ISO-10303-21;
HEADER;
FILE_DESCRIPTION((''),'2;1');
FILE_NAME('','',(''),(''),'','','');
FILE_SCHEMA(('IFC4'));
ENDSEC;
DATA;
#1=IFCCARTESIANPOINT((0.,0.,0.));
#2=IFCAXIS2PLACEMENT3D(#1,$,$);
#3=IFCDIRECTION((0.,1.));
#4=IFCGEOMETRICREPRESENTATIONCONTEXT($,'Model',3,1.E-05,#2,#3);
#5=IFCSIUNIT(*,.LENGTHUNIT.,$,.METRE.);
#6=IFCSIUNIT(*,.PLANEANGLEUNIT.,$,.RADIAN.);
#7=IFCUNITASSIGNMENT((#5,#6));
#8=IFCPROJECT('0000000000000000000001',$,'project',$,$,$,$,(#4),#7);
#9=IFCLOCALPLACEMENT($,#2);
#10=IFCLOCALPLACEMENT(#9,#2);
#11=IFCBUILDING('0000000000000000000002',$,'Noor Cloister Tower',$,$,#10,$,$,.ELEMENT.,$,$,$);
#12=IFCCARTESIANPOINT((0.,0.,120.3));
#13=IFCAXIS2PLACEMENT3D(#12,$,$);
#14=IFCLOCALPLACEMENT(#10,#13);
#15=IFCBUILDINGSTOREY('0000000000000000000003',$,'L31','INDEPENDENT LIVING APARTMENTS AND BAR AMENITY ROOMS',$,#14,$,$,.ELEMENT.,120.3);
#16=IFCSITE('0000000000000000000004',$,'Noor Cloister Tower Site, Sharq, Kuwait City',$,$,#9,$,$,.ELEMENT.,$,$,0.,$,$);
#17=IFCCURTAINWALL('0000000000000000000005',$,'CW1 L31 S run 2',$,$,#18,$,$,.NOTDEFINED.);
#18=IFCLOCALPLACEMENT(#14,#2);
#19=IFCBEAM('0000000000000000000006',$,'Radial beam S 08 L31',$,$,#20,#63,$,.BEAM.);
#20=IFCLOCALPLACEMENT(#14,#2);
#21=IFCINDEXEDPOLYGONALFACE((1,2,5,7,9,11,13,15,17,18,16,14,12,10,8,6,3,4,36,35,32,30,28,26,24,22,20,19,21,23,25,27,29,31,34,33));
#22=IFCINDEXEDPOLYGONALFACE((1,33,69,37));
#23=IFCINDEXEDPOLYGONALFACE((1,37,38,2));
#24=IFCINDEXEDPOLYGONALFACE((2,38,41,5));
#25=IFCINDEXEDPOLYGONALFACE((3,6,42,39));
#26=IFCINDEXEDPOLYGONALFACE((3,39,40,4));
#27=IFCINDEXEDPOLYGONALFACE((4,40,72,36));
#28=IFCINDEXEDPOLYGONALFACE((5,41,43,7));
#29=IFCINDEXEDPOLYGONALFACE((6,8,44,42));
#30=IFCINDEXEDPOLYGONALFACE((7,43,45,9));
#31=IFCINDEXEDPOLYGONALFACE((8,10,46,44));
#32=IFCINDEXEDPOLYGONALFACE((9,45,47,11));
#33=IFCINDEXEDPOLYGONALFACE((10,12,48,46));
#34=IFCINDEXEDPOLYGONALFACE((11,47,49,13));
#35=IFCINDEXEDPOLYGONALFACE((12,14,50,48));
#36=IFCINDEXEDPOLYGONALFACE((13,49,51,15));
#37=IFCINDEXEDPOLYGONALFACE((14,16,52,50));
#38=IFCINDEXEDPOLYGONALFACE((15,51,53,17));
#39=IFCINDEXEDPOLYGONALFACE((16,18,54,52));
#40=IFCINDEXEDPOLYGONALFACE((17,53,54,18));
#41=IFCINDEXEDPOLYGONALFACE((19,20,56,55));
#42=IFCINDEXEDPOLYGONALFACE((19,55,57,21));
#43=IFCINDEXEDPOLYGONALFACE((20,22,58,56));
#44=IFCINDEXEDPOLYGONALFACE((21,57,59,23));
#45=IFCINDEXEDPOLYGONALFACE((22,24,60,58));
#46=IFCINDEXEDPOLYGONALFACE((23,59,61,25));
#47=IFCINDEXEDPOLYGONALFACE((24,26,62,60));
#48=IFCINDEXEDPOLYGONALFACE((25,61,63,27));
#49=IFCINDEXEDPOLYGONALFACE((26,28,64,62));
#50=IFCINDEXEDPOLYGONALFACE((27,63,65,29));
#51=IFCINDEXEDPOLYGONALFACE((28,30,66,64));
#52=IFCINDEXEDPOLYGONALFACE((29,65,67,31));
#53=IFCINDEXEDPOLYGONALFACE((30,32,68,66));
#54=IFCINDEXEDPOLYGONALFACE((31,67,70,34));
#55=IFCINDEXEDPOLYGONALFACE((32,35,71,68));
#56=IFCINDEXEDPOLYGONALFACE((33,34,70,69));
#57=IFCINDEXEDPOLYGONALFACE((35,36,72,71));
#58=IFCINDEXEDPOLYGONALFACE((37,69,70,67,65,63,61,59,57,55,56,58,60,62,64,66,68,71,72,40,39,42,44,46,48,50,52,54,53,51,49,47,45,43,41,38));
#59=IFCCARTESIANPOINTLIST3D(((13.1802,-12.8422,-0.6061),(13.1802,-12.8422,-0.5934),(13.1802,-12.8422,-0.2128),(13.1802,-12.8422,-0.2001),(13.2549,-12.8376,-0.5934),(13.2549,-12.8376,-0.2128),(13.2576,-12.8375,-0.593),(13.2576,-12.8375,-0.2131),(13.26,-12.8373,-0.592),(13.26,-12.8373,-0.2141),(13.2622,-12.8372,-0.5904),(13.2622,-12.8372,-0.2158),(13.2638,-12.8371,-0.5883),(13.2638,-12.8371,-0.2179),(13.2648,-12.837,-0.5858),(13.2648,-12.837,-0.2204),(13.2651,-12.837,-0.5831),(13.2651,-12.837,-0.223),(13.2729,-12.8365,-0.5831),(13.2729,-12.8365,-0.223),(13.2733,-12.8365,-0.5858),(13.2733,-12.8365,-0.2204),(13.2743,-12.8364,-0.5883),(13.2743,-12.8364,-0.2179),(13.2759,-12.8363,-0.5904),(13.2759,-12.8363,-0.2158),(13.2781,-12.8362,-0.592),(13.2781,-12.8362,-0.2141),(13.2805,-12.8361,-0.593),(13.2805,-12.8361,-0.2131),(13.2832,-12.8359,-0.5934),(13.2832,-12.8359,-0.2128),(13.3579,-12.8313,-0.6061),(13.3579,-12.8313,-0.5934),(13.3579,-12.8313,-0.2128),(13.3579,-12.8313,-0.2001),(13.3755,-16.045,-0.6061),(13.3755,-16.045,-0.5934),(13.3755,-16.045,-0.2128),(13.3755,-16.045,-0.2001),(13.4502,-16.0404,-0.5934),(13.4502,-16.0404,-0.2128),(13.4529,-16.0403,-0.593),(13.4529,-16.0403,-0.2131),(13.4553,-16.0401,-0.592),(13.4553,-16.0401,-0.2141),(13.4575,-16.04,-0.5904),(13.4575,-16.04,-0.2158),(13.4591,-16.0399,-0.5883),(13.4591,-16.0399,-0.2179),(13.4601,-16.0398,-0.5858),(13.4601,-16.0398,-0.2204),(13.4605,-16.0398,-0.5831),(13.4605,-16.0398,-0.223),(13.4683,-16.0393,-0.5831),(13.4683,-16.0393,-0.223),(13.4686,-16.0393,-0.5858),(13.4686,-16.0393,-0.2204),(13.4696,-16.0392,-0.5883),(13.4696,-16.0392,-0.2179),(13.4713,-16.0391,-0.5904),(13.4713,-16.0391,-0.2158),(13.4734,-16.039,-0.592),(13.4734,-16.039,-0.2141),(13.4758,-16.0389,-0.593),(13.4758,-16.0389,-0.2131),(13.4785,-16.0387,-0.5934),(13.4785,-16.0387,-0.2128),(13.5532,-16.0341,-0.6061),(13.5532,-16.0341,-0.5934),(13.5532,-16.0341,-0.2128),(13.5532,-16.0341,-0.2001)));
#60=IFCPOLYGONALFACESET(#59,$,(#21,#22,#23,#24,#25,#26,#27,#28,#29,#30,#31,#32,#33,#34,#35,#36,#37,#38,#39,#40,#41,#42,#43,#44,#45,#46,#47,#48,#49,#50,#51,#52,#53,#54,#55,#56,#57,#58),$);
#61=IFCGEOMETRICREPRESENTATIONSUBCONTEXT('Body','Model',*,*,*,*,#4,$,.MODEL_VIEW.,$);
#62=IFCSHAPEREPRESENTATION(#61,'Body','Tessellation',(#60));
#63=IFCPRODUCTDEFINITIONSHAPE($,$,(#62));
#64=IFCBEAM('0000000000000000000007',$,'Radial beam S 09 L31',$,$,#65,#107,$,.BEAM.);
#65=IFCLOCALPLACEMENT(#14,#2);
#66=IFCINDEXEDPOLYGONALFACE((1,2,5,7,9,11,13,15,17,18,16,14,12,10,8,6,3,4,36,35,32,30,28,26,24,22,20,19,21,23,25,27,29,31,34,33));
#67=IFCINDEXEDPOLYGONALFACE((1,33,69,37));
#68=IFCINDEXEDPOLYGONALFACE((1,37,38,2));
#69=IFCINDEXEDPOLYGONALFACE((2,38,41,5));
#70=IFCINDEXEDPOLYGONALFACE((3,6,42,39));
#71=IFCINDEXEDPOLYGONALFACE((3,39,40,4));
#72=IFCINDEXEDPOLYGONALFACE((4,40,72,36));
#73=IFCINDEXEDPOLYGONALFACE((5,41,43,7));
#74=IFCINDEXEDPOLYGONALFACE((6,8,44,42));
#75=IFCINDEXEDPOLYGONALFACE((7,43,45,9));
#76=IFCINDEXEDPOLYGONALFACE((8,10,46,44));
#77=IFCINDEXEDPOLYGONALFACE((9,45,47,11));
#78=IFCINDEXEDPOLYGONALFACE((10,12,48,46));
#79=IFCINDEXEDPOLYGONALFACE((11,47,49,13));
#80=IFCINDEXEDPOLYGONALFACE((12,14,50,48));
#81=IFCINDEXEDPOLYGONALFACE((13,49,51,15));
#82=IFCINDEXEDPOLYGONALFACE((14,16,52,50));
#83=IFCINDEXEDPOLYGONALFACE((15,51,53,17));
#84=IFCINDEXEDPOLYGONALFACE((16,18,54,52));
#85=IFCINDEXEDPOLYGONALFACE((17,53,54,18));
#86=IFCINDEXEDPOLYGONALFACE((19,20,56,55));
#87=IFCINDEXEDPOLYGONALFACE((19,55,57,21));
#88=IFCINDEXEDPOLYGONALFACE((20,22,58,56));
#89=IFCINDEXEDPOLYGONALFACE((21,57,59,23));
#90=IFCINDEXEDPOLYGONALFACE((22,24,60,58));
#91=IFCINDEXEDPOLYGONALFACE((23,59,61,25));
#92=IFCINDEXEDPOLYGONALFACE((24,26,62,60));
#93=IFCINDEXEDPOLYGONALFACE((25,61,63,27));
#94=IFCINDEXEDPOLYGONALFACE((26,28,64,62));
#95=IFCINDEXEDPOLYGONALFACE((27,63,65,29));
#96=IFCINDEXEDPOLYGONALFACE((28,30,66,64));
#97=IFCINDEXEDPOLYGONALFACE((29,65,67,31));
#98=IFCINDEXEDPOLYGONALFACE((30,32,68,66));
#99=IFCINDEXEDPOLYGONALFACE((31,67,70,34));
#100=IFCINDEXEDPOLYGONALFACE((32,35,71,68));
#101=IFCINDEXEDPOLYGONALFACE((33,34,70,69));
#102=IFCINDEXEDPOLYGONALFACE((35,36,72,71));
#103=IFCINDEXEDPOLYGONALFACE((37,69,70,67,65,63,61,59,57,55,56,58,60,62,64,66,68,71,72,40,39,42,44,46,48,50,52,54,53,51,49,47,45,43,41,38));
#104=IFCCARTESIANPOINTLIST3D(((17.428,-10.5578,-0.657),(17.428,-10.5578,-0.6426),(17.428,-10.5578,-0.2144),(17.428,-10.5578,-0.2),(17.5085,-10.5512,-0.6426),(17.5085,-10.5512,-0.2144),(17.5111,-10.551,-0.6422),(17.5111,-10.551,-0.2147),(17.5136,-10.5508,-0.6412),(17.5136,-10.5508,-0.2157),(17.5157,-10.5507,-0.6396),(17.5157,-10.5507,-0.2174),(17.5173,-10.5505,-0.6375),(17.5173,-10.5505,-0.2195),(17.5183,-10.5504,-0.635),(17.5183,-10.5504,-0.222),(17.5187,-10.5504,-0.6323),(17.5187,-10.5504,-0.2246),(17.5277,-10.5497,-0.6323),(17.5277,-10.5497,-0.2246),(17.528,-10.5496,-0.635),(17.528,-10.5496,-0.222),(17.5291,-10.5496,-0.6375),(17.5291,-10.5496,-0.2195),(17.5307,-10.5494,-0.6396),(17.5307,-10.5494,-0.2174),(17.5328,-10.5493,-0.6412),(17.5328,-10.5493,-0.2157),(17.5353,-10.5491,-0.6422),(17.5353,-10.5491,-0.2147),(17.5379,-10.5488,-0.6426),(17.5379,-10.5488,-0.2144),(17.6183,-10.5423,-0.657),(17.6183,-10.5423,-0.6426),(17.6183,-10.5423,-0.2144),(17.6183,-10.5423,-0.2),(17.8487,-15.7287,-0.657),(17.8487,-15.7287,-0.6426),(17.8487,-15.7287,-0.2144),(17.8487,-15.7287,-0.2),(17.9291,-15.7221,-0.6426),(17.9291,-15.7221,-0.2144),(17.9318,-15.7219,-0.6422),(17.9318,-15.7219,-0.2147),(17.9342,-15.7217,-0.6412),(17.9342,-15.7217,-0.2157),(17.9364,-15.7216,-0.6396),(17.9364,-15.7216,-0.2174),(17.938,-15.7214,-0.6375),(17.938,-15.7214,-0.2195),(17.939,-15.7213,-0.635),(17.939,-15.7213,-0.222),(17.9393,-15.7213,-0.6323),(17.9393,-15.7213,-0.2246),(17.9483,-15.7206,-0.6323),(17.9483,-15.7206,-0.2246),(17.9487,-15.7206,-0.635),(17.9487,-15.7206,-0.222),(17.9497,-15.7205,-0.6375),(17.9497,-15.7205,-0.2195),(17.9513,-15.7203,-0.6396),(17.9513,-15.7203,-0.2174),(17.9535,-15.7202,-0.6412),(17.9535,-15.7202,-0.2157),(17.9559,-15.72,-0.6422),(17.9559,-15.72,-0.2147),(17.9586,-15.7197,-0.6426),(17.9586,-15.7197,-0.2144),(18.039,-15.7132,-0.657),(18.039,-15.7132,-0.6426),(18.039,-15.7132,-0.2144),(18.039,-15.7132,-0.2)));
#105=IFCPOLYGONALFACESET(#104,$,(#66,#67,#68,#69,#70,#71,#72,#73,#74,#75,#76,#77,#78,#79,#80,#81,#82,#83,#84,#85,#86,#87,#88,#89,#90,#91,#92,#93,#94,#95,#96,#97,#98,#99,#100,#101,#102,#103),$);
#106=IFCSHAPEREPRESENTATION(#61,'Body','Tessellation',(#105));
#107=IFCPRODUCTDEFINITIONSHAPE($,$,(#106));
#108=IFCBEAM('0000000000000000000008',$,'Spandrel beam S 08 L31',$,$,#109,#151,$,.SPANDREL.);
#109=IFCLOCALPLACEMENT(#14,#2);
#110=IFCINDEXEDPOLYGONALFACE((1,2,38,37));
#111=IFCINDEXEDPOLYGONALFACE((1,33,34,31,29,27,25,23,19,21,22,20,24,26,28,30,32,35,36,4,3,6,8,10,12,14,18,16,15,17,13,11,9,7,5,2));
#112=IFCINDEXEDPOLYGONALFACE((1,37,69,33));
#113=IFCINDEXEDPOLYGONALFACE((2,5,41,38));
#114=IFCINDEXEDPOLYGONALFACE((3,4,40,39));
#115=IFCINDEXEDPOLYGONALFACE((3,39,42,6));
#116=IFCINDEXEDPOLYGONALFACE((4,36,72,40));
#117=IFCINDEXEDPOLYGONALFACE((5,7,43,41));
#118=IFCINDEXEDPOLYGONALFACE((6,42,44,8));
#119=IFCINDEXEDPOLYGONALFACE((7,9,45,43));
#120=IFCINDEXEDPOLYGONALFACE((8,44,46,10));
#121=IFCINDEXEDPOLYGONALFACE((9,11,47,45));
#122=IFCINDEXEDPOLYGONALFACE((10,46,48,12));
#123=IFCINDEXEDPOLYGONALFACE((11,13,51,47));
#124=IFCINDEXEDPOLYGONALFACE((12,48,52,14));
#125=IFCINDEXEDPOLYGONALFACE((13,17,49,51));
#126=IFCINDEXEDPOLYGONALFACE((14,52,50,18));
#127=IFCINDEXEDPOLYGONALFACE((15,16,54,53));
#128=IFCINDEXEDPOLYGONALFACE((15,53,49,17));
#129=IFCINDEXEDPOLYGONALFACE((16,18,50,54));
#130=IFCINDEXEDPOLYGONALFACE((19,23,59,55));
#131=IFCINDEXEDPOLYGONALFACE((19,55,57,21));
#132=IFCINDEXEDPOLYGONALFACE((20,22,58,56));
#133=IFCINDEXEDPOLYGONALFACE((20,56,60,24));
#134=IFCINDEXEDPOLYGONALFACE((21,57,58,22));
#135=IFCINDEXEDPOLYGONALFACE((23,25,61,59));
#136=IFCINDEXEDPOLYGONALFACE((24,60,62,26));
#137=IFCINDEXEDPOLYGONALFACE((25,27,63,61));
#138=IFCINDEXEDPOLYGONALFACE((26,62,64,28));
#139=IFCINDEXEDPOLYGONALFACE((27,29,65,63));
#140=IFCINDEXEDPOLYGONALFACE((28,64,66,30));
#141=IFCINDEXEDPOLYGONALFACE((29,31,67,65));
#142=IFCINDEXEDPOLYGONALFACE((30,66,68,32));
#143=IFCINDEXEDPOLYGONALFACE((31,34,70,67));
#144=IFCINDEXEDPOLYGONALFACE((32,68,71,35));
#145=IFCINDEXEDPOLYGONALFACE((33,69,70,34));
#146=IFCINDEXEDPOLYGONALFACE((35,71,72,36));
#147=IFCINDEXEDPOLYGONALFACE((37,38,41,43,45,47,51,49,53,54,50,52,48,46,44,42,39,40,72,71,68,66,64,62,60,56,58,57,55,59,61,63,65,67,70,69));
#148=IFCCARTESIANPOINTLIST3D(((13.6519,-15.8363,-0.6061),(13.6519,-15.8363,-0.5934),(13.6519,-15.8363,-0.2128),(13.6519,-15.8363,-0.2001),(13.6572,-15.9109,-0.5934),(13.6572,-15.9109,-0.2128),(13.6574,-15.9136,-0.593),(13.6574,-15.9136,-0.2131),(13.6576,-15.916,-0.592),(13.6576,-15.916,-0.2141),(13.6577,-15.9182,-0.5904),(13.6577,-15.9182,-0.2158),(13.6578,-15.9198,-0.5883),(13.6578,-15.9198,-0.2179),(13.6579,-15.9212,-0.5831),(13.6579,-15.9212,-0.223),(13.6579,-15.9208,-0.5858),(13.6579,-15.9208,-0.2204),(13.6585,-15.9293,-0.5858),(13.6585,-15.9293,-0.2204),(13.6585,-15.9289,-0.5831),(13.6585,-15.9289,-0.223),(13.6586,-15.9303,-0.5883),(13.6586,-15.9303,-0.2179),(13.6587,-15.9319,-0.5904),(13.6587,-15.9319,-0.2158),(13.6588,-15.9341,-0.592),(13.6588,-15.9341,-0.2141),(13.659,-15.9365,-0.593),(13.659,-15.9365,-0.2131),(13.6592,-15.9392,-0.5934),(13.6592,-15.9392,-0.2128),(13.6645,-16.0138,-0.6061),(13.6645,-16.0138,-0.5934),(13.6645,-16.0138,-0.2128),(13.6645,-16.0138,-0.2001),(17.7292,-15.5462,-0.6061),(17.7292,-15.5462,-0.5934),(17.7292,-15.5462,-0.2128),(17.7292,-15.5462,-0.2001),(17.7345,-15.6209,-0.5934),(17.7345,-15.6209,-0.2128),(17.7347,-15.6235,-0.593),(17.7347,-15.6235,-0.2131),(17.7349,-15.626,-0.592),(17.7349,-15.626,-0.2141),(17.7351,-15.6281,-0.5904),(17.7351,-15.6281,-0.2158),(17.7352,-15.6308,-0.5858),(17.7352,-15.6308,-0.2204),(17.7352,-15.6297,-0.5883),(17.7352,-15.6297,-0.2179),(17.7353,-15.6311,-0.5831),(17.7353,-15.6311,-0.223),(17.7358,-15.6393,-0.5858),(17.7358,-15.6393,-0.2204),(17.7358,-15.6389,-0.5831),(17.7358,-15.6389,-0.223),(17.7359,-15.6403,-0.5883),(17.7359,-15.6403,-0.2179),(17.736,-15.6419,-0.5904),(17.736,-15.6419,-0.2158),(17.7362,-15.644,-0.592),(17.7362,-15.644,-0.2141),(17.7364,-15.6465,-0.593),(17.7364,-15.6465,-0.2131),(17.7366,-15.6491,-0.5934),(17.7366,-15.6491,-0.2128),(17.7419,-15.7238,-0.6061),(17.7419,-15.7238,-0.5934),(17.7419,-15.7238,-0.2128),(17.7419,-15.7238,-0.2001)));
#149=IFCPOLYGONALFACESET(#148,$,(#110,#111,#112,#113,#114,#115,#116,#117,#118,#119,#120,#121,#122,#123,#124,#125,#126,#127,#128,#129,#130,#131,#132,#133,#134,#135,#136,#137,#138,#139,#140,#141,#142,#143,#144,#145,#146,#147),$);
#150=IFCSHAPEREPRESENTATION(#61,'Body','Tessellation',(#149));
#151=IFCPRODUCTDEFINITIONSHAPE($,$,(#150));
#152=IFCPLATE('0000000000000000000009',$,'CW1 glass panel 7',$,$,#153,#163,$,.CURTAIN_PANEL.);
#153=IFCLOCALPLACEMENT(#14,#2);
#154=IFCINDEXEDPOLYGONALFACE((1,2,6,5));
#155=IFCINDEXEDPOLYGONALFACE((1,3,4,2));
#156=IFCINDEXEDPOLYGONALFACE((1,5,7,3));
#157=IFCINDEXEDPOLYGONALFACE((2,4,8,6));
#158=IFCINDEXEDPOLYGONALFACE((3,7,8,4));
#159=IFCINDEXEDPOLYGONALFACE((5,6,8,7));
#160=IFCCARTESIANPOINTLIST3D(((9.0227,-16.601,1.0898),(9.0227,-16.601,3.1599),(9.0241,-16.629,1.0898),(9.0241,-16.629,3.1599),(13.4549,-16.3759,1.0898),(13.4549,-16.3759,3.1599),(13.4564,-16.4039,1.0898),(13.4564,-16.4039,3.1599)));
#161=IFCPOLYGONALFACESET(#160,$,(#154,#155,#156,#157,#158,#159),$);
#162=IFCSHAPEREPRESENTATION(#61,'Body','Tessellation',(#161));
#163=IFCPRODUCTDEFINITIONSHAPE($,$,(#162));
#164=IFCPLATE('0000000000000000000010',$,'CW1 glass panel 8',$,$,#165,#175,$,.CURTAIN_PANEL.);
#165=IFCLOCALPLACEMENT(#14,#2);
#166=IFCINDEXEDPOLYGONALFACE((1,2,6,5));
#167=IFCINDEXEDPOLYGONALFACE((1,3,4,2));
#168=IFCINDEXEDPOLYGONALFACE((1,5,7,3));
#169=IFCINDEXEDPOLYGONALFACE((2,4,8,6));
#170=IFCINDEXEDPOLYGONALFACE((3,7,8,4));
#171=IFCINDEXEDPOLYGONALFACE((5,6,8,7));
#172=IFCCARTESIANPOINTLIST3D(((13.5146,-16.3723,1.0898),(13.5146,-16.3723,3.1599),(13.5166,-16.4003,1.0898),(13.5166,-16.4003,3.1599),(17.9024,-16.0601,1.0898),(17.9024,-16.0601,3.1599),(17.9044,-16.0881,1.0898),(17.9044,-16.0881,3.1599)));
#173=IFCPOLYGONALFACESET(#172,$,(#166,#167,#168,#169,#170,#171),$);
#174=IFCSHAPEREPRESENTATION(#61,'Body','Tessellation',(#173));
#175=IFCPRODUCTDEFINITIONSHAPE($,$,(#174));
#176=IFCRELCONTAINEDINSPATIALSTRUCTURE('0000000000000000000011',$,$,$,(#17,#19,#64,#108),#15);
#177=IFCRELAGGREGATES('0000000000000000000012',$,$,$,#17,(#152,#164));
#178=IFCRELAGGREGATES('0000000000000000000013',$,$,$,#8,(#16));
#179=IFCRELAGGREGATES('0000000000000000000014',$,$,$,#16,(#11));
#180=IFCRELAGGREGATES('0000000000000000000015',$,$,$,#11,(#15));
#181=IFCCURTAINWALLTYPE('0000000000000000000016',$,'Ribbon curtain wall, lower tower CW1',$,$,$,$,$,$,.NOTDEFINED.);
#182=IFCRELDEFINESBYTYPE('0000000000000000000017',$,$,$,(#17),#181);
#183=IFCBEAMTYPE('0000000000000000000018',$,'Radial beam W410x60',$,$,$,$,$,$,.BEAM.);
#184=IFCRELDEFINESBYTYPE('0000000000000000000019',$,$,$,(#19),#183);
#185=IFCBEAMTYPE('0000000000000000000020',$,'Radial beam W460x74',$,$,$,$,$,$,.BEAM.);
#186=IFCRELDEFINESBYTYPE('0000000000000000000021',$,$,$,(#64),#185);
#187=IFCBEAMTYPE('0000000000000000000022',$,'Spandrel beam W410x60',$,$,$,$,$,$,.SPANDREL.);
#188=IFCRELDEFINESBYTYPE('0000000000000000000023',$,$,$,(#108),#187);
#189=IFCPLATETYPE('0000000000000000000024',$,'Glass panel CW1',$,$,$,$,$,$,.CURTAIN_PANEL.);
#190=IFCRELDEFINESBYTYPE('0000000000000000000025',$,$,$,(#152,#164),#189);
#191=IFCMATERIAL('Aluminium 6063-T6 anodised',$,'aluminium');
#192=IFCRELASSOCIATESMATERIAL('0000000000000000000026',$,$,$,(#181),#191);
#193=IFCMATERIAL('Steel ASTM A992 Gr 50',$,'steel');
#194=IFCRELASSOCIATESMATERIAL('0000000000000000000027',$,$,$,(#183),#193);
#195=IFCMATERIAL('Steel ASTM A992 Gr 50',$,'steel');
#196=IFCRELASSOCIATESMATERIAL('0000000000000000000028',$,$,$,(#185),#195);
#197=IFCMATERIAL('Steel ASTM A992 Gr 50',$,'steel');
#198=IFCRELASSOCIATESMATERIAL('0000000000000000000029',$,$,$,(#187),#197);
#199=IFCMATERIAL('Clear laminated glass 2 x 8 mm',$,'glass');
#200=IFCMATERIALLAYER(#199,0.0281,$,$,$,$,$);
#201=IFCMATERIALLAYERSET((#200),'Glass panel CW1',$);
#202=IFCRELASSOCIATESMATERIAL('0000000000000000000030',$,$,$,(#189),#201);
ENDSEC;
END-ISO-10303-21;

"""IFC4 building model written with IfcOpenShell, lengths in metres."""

from ifc_helpers import new_model, si_unit, direction, frame, origin, origin_2d, place, context, subcontext, project, spatial, rectangle, i_section, extrude, material, layer, layer_set, material_profile, profile_set, type_object, element, aggregate, save


model = new_model("IFC4")

# Units and contexts
model_context = context("Model", 3, precision=1e-05, world=origin(), true_north=direction((0.0, 1.0)))
body_context = subcontext(model_context, "Body", "Model", "MODEL_VIEW")
ifc_project = project(units=[si_unit("LENGTHUNIT", "METRE"), si_unit("PLANEANGLEUNIT", "RADIAN")], contexts=[model_context])

# Site, building, storey
site_placement = place(None, origin())
site = spatial("IfcSite", under=ifc_project, at=site_placement, Name="Noor Cloister Tower Site, Sharq, Kuwait City", CompositionType="ELEMENT", RefElevation=0.0)
building_placement = place(site_placement, origin())
building = spatial("IfcBuilding", under=site, at=building_placement, Name="Noor Cloister Tower", CompositionType="ELEMENT")
storey_placement = place(building_placement, frame((0.0, 0.0, 120.3)))
storey = spatial("IfcBuildingStorey", under=building, at=storey_placement, Name="L31", Description="INDEPENDENT LIVING APARTMENTS AND BAR AMENITY ROOMS", CompositionType="ELEMENT", Elevation=120.3)

# Curtain wall
ifc_material_1 = material(Name="Aluminium 6063-T6 anodised", Category="aluminium")
curtain_wall_type = type_object("IfcCurtainWallType", Name="Ribbon curtain wall, lower tower CW1", PredefinedType="NOTDEFINED", material=ifc_material_1)
curtain_wall_placement = place(storey_placement, origin())
curtain_wall = element("IfcCurtainWall", 1, at=curtain_wall_placement, inside=storey, type_object=curtain_wall_type, Name="CW1 L31 S run 2", PredefinedType="NOTDEFINED")

# Beams
ifc_material_2 = material(Name="Steel ASTM A992 Gr 50", Category="steel")
ifc_material_profile_1 = material_profile(ifc_material_2, i_section(OverallWidth=0.178, OverallDepth=0.406, WebThickness=0.0078, FlangeThickness=0.0127, FilletRadius=0.0103, at=origin_2d()), Name="W410x60")
ifc_profile_set_1 = profile_set([ifc_material_profile_1], Name="Steel ASTM A992 Gr 50")
beam_type_1 = type_object("IfcBeamType", Name="Radial beam W410x60", PredefinedType="BEAM", material=ifc_profile_set_1)
beam_1_placement = place(storey_placement, frame((13.4644, -16.0396, -0.4031), z_axis=(-0.060867, 0.998146, 0.0), x_axis=(-0.998146, -0.060867, 0.0)))
element("IfcBeam", 2, at=beam_1_placement, inside=storey, type_object=beam_type_1, Name="Radial beam S 08 L31", PredefinedType="BEAM", context=body_context, shape_type="SweptSolid", body=[
    extrude(i_section(OverallWidth=0.178, OverallDepth=0.406, WebThickness=0.0078, FlangeThickness=0.0127, FilletRadius=0.0103, at=origin_2d()), origin(), (0.0, 0.0, 1.0), 3.2087),
])
ifc_material_3 = material(Name="Steel ASTM A992 Gr 50", Category="steel")
ifc_material_profile_2 = material_profile(ifc_material_3, i_section(OverallWidth=0.1909, OverallDepth=0.457, WebThickness=0.009, FlangeThickness=0.0144, FilletRadius=0.0103, at=origin_2d()), Name="W460x74")
ifc_profile_set_2 = profile_set([ifc_material_profile_2], Name="Steel ASTM A992 Gr 50")
beam_type_2 = type_object("IfcBeamType", Name="Radial beam W460x74", PredefinedType="BEAM", material=ifc_profile_set_2)
beam_2_placement = place(storey_placement, frame((17.9438, -15.7209, -0.4285), z_axis=(-0.081082, 0.996707, 0.0), x_axis=(-0.996707, -0.081082, 0.0)))
element("IfcBeam", 3, at=beam_2_placement, inside=storey, type_object=beam_type_2, Name="Radial beam S 09 L31", PredefinedType="BEAM", context=body_context, shape_type="SweptSolid", body=[
    extrude(i_section(OverallWidth=0.1909, OverallDepth=0.457, WebThickness=0.009, FlangeThickness=0.0144, FilletRadius=0.0103, at=origin_2d()), origin(), (0.0, 0.0, 1.0), 5.188),
])
ifc_material_4 = material(Name="Steel ASTM A992 Gr 50", Category="steel")
ifc_material_profile_3 = material_profile(ifc_material_4, i_section(OverallWidth=0.178, OverallDepth=0.406, WebThickness=0.0078, FlangeThickness=0.0127, FilletRadius=0.0103, at=origin_2d()), Name="W410x60")
ifc_profile_set_3 = profile_set([ifc_material_profile_3], Name="Steel ASTM A992 Gr 50")
beam_type_3 = type_object("IfcBeamType", Name="Spandrel beam W410x60", PredefinedType="SPANDREL", material=ifc_profile_set_3)
beam_3_placement = place(storey_placement, frame((13.6582, -15.925, -0.4031), z_axis=(0.99748, 0.070954, 0.0), x_axis=(-0.070954, 0.99748, 0.0)))
element("IfcBeam", 4, at=beam_3_placement, inside=storey, type_object=beam_type_3, Name="Spandrel beam S 08 L31", PredefinedType="SPANDREL", context=body_context, shape_type="SweptSolid", body=[
    extrude(i_section(OverallWidth=0.178, OverallDepth=0.406, WebThickness=0.0078, FlangeThickness=0.0127, FilletRadius=0.0103, at=origin_2d()), origin(), (0.0, 0.0, 1.0), 4.0876),
])

# Plates
ifc_material_5 = material(Name="Clear laminated glass 2 x 8 mm", Category="glass")
ifc_layer = layer(ifc_material_5, 0.0281)
ifc_layer_set = layer_set([ifc_layer], Name="Glass panel CW1")
plate_type = type_object("IfcPlateType", Name="Glass panel CW1", PredefinedType="CURTAIN_PANEL", material=ifc_layer_set)
plate_1_placement = place(storey_placement, frame((11.2395, -16.5024, 1.0898), z_axis=(0.0, 0.0, 1.0), x_axis=(0.998713, 0.050715, 0.0)))
plate_1 = element("IfcPlate", 5, at=plate_1_placement, type_object=plate_type, Name="CW1 glass panel 7", PredefinedType="CURTAIN_PANEL", context=body_context, shape_type="SweptSolid", body=[
    extrude(rectangle(XDim=4.438, YDim=0.0281, at=origin_2d()), origin(), (0.0, 0.0, 1.0), 2.0701),
])
plate_2_placement = place(storey_placement, frame((15.7095, -16.2302, 1.0898), z_axis=(0.0, 0.0, 1.0), x_axis=(0.997478, 0.070972, 0.0)))
plate_2 = element("IfcPlate", 6, at=plate_2_placement, type_object=plate_type, Name="CW1 glass panel 8", PredefinedType="CURTAIN_PANEL", context=body_context, shape_type="SweptSolid", body=[
    extrude(rectangle(XDim=4.3989, YDim=0.0281, at=origin_2d()), origin(), (0.0, 0.0, 1.0), 2.0701),
])
aggregate(curtain_wall, [plate_1, plate_2])

save(model, "model.ifc")
